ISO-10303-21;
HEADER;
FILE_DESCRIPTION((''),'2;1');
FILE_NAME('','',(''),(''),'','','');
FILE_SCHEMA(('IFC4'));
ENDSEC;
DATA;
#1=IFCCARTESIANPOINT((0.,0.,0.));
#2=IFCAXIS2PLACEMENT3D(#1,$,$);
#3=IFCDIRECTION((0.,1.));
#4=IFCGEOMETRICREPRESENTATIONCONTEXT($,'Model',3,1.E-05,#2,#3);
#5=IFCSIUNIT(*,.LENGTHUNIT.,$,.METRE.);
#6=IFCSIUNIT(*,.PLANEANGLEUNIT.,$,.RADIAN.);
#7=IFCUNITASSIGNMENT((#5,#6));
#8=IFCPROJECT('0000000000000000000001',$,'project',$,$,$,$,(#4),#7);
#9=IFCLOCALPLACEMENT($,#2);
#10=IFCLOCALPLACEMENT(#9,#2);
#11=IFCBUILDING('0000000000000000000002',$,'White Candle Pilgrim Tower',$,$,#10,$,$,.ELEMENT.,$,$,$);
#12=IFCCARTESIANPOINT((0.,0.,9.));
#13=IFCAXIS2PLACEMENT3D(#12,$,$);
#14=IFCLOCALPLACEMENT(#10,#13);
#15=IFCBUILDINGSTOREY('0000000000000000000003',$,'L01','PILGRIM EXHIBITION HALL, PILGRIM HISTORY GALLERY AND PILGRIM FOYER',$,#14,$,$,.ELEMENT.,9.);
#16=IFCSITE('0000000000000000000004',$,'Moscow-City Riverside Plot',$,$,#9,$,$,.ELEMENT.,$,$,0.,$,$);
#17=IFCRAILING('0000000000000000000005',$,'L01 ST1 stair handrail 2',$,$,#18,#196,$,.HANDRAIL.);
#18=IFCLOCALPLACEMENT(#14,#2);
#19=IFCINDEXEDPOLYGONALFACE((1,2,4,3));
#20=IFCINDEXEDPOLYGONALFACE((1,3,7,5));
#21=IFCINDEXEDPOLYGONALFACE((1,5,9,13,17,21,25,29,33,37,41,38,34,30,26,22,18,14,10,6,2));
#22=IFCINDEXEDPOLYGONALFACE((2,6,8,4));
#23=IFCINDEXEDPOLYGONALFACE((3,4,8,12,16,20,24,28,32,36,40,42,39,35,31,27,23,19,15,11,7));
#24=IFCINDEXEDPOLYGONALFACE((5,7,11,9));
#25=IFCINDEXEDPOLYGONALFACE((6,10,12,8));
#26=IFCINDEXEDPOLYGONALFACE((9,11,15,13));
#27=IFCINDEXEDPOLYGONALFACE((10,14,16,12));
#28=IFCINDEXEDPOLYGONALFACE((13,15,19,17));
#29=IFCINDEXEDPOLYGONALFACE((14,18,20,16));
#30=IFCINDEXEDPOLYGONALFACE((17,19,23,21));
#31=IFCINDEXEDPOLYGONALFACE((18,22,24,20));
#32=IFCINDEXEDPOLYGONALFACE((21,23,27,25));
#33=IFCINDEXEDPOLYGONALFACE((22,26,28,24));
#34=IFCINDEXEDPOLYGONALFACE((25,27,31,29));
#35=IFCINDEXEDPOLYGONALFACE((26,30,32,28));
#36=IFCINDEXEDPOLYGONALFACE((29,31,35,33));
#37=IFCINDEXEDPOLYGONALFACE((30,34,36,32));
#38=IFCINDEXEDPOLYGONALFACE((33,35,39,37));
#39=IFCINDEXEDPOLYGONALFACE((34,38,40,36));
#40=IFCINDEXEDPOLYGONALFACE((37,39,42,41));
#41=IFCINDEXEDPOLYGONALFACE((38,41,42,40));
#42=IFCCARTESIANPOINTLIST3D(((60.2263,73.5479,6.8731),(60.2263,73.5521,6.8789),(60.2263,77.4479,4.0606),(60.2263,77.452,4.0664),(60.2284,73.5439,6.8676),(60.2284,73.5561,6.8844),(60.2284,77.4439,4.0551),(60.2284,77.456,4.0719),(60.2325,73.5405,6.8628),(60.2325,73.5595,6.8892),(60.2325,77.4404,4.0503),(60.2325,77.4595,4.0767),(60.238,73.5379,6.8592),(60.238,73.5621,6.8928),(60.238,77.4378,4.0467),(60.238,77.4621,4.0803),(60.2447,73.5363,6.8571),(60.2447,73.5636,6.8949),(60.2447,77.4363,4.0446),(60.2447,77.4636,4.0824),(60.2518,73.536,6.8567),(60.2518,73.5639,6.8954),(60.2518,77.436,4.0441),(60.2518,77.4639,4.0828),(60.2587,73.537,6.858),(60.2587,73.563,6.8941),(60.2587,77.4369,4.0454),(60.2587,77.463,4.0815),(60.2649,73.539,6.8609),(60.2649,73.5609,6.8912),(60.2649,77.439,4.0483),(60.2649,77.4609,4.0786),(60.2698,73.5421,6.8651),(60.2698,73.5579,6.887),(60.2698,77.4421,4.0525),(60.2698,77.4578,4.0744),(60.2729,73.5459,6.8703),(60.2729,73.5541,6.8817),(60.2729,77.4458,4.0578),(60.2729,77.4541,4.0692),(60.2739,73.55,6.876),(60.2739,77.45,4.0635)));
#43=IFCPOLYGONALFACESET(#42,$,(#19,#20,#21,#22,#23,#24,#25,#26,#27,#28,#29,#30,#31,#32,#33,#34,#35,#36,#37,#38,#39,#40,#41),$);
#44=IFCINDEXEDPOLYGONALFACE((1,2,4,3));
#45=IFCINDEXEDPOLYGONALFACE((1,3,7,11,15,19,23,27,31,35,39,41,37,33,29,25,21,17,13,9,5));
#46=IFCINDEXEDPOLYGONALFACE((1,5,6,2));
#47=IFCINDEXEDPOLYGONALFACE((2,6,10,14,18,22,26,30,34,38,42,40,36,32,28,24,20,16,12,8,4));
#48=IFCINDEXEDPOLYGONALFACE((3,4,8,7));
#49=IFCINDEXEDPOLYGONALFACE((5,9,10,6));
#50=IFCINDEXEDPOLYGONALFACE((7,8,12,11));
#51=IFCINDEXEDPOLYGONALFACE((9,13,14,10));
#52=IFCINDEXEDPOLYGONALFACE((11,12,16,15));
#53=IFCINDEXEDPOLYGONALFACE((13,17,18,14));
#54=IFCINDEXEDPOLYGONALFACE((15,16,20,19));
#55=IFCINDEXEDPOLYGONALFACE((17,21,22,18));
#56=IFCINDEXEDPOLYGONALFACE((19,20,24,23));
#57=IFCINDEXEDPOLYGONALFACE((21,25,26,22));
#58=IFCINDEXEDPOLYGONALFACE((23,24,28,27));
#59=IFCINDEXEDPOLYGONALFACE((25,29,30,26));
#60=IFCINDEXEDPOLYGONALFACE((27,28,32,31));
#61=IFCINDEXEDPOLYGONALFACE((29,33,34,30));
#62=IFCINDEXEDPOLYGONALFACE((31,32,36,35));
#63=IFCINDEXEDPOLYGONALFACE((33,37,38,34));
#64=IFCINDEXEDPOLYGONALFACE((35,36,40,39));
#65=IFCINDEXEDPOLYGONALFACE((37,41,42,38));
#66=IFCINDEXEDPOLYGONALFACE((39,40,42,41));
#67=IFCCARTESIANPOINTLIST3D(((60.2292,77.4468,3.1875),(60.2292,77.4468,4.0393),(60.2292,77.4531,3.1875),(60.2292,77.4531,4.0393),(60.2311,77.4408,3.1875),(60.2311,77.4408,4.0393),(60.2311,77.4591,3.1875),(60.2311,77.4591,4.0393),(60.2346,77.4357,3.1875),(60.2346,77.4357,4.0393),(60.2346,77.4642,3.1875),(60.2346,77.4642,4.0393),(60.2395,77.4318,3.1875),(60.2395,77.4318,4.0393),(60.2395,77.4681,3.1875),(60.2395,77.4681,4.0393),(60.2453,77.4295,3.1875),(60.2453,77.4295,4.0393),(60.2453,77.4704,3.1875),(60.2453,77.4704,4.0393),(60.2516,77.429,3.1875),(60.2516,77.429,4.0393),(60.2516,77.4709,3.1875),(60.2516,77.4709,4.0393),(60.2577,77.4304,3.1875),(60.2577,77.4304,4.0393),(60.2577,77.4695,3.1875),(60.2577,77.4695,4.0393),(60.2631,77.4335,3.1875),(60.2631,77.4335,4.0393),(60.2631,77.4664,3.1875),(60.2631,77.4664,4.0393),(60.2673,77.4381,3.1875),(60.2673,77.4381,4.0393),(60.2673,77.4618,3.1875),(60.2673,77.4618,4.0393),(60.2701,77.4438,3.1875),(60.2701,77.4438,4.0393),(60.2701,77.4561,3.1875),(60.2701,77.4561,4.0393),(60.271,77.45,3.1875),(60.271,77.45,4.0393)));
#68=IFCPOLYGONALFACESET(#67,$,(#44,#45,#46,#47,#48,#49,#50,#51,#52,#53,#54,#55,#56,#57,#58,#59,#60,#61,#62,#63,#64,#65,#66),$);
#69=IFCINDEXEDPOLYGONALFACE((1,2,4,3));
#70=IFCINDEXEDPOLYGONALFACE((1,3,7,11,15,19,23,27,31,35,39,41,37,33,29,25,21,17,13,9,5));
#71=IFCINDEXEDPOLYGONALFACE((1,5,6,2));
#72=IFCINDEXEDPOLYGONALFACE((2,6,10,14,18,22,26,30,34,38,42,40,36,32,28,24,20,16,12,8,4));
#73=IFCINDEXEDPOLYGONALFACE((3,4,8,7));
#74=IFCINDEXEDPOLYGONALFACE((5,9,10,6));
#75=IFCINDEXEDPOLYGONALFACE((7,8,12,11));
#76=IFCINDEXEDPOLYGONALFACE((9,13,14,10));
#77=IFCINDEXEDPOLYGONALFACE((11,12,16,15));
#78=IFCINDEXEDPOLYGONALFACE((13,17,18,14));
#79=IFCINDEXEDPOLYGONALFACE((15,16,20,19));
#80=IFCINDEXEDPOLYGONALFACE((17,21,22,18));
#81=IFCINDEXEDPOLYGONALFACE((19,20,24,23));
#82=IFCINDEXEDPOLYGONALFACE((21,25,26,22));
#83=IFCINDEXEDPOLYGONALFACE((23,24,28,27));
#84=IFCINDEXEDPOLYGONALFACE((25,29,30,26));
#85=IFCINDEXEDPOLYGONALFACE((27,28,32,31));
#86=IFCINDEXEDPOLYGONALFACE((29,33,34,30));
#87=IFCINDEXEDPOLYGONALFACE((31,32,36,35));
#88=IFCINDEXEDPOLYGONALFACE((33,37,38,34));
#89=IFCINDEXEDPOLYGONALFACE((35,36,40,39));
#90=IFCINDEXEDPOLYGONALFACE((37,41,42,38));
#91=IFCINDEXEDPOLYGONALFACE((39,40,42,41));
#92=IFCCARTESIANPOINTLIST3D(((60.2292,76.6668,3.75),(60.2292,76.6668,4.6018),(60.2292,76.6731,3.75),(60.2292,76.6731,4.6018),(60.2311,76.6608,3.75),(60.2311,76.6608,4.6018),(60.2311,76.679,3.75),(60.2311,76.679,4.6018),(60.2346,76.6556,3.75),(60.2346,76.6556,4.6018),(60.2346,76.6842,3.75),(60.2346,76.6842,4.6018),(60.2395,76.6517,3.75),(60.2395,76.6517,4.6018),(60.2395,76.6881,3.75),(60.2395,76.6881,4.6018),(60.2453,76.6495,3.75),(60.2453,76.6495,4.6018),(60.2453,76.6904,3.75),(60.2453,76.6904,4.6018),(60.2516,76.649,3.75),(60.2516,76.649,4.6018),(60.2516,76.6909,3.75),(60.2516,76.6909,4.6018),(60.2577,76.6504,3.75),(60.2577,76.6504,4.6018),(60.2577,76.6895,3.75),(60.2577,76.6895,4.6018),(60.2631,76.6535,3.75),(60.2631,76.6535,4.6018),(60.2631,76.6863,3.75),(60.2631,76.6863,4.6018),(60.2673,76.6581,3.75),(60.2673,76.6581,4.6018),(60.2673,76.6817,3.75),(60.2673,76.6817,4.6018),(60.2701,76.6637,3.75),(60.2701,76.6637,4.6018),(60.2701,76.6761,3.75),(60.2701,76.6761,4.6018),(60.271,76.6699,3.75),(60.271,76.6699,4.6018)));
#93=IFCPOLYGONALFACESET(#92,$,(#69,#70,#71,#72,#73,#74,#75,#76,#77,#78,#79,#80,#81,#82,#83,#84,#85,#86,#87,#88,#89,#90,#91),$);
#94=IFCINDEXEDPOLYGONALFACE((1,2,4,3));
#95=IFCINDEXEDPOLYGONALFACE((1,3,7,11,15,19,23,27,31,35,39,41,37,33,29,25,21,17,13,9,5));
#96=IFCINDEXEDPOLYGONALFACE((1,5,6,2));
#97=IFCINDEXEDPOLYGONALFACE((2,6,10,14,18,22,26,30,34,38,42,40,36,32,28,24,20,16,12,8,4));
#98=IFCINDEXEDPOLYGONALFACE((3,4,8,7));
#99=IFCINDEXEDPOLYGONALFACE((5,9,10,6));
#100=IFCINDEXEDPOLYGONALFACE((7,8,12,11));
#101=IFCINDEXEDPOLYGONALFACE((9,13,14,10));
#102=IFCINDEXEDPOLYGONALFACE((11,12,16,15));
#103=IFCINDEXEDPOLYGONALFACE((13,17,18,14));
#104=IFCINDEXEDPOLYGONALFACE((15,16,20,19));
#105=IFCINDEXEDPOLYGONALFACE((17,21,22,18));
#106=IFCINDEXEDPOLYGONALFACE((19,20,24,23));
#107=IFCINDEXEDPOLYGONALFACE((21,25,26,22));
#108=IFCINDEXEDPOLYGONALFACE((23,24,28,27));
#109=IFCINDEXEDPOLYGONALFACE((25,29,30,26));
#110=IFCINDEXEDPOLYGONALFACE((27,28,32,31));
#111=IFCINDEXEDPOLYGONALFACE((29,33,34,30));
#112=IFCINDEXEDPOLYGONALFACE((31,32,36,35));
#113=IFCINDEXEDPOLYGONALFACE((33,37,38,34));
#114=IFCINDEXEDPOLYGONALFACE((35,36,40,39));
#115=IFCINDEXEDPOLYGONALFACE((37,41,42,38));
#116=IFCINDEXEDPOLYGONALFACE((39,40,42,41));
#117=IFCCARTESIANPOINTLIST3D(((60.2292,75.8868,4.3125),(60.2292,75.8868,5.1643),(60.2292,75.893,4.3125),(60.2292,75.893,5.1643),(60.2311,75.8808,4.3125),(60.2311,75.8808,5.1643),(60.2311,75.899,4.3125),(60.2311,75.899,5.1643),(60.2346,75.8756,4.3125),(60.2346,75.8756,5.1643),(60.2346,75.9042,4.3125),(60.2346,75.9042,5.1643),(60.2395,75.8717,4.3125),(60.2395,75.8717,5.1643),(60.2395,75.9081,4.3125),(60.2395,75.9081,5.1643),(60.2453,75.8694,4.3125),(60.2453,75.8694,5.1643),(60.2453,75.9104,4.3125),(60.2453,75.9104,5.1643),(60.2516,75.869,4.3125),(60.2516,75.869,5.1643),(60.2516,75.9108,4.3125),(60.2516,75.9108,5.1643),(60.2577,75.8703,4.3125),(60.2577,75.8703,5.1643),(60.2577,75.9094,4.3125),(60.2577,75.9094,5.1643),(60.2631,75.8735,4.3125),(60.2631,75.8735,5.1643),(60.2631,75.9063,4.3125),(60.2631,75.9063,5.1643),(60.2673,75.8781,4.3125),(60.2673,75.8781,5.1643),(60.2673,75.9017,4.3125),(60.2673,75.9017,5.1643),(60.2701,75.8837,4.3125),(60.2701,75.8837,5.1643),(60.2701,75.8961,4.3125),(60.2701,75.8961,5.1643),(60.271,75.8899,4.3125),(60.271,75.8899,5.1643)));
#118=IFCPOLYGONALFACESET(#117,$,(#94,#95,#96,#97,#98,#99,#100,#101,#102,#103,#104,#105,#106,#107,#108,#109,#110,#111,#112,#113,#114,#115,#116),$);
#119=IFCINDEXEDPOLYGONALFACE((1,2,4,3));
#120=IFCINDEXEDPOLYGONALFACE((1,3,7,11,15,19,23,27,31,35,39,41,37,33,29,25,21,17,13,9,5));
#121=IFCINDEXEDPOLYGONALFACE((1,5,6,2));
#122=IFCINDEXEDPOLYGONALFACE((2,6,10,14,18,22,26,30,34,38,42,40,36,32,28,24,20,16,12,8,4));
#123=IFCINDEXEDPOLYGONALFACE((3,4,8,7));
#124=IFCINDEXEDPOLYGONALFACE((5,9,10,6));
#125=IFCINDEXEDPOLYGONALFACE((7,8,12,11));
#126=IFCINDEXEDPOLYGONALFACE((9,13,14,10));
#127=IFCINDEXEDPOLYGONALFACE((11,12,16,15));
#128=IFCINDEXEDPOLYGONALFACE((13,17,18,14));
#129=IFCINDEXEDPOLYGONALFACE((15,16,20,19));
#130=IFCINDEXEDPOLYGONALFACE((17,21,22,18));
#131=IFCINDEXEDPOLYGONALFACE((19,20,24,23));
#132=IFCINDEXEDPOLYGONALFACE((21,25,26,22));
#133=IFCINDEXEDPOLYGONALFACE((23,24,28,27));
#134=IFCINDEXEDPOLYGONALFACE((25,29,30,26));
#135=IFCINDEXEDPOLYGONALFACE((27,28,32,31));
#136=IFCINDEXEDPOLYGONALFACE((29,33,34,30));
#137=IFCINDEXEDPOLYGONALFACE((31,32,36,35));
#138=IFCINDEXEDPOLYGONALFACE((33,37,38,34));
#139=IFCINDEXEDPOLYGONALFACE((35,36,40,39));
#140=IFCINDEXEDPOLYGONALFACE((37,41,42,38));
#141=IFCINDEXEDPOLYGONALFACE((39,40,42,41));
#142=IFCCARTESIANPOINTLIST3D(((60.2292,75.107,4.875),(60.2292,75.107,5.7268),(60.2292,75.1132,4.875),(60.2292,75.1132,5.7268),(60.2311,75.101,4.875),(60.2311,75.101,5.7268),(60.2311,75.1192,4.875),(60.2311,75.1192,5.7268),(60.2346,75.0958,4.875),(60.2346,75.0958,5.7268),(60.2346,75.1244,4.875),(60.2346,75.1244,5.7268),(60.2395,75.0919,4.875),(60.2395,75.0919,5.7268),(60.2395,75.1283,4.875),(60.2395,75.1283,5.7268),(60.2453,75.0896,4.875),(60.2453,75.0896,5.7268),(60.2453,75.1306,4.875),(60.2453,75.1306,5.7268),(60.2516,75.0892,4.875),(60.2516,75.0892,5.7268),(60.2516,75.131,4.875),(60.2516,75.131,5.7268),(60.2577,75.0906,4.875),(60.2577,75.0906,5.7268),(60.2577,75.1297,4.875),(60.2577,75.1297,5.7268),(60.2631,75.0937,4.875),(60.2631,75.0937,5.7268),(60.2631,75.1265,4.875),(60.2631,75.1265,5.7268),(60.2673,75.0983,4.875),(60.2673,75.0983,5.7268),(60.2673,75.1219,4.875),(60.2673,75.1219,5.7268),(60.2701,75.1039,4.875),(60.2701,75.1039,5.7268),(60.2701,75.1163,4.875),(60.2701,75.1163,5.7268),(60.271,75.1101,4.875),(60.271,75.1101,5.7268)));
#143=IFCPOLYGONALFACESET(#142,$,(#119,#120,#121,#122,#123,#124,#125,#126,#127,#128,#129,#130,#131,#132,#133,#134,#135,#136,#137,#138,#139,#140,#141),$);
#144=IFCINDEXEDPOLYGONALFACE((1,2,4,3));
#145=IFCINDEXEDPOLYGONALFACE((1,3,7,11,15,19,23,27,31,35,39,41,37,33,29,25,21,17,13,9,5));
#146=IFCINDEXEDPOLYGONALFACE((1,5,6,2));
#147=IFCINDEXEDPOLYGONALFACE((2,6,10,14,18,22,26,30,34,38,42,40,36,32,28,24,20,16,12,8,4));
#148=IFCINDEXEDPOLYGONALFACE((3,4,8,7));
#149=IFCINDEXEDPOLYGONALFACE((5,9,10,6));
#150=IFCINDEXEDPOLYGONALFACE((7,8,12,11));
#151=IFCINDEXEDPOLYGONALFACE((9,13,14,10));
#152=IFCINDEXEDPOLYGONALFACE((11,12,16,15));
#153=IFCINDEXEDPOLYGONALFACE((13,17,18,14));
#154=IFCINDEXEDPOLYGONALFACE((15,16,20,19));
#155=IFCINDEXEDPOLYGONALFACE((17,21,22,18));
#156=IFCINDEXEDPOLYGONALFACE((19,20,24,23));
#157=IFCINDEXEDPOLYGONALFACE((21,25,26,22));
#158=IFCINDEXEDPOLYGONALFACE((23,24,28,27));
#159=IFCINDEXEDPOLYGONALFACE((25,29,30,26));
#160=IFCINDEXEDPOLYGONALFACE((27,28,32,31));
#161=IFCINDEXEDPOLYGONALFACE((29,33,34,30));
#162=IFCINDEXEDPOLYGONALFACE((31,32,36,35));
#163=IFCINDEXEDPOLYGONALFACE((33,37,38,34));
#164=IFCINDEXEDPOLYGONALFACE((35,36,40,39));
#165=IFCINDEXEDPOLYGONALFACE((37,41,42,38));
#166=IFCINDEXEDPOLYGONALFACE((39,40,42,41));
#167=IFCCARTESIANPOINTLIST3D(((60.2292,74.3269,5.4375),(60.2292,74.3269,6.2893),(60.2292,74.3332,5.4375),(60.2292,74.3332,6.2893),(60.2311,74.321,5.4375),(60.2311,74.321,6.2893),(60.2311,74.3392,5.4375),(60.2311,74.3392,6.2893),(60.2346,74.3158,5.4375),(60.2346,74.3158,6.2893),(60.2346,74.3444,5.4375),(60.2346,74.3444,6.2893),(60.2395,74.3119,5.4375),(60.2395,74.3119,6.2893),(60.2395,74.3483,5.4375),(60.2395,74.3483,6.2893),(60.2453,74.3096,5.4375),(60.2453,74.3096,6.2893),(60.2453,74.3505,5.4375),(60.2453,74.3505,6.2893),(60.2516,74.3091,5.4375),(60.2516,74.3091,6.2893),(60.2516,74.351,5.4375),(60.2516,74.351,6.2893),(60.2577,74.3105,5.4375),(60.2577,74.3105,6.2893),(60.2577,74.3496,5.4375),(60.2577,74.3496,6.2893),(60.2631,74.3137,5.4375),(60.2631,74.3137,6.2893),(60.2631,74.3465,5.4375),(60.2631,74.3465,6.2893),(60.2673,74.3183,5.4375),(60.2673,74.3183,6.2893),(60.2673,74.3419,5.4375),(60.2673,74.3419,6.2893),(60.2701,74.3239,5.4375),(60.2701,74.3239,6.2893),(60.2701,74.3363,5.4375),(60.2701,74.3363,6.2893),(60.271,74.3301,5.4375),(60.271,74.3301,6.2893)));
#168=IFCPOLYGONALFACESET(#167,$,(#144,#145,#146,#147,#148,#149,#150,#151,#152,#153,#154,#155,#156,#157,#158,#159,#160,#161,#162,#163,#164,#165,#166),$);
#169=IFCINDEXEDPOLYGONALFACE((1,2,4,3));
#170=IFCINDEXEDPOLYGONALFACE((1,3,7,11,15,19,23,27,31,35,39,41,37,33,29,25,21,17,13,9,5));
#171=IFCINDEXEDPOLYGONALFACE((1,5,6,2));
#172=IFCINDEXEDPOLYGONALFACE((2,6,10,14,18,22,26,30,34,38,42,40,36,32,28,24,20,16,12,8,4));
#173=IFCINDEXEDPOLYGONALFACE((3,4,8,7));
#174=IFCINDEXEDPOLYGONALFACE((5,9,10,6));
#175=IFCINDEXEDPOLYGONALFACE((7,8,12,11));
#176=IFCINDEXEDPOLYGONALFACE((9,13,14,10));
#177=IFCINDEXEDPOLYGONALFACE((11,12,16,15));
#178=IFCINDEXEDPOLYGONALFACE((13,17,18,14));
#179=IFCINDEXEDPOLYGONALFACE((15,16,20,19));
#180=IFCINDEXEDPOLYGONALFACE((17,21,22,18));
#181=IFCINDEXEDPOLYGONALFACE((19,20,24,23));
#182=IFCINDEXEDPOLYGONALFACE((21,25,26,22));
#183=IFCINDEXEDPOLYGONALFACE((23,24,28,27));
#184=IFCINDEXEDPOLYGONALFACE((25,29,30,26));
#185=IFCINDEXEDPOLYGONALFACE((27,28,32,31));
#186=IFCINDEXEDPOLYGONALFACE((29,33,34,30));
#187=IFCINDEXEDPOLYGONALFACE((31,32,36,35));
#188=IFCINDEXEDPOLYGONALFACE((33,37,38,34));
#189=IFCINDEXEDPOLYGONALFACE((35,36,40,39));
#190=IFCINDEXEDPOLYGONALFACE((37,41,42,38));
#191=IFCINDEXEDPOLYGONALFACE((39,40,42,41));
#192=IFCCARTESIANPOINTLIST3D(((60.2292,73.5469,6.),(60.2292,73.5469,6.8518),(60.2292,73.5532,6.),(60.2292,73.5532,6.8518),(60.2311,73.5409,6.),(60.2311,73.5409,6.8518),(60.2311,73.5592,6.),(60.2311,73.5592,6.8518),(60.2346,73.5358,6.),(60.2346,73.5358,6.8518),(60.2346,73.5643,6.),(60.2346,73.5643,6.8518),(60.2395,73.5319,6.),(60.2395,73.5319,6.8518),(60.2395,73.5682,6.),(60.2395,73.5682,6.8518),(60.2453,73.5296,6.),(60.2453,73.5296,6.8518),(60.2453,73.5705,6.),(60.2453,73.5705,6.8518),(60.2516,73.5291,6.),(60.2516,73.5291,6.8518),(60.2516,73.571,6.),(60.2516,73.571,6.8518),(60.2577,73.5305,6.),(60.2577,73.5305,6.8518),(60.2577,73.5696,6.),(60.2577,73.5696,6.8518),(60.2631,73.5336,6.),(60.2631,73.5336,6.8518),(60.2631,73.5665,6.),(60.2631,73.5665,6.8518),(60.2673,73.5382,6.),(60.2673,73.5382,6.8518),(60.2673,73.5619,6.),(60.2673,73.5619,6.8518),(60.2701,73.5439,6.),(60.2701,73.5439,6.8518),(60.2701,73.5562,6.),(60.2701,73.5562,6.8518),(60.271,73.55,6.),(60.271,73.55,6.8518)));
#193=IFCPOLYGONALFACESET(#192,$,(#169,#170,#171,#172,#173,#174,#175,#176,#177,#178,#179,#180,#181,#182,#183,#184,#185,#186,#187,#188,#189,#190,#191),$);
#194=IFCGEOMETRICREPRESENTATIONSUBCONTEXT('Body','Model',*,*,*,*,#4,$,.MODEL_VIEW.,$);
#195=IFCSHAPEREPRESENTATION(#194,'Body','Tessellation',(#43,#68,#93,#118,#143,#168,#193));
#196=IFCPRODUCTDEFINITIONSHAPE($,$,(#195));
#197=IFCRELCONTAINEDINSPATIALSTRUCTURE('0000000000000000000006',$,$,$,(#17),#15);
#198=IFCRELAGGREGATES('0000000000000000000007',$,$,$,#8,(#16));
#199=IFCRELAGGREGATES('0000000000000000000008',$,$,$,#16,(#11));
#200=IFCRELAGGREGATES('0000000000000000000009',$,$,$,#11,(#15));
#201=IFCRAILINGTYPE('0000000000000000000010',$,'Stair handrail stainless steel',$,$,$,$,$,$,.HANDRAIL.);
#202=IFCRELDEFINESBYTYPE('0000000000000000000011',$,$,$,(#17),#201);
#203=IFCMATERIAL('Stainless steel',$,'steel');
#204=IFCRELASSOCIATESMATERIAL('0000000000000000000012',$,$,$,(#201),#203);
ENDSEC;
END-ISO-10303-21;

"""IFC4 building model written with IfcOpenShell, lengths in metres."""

from ifc_helpers import new_model, si_unit, direction, frame, origin, origin_2d, place, context, subcontext, project, spatial, circle, extrude, material, type_object, element, save


model = new_model("IFC4")

# Units and contexts
model_context = context("Model", 3, precision=1e-05, world=origin(), true_north=direction((0.0, 1.0)))
body_context = subcontext(model_context, "Body", "Model", "MODEL_VIEW")
ifc_project = project(units=[si_unit("LENGTHUNIT", "METRE"), si_unit("PLANEANGLEUNIT", "RADIAN")], contexts=[model_context])

# Site, building, storey
site_placement = place(None, origin())
site = spatial("IfcSite", under=ifc_project, at=site_placement, Name="Moscow-City Riverside Plot", CompositionType="ELEMENT", RefElevation=0.0)
building_placement = place(site_placement, origin())
building = spatial("IfcBuilding", under=site, at=building_placement, Name="White Candle Pilgrim Tower", CompositionType="ELEMENT")
storey_placement = place(building_placement, frame((0.0, 0.0, 9.0)))
storey = spatial("IfcBuildingStorey", under=building, at=storey_placement, Name="L01", Description="PILGRIM EXHIBITION HALL, PILGRIM HISTORY GALLERY AND PILGRIM FOYER", CompositionType="ELEMENT", Elevation=9.0)

# Railing
ifc_material_1 = material(Name="Stainless steel", Category="steel")
railing_type_1 = type_object("IfcRailingType", Name="Stair handrail stainless steel", PredefinedType="HANDRAIL", material=ifc_material_1)
railing_1_placement = place(storey_placement, frame((60.25, 77.45, 3.1875)))
element("IfcRailing", 1, at=railing_1_placement, inside=storey, type_object=railing_type_1, Name="L01 ST1 stair handrail 2", PredefinedType="HANDRAIL", context=body_context, shape_type="SweptSolid", body=[
    extrude(circle(Radius=0.0239, at=origin_2d()), frame((0.0, 0.0, 0.876), z_axis=(0.0, -0.811083, 0.584931), x_axis=(1.0, 0.0, 0.0)), (0.0, 0.0, 1.0), 4.8083),
    extrude(circle(Radius=0.021, at=origin_2d()), origin(), (0.0, 0.0, 1.0), 0.8518),
    extrude(circle(Radius=0.021, at=origin_2d()), frame((0.0, -0.78, 0.5625)), (0.0, 0.0, 1.0), 0.8518),
    extrude(circle(Radius=0.021, at=origin_2d()), frame((0.0, -1.5601, 1.125)), (0.0, 0.0, 1.0), 0.8518),
    extrude(circle(Radius=0.021, at=origin_2d()), frame((0.0, -2.3398, 1.6875)), (0.0, 0.0, 1.0), 0.8518),
    extrude(circle(Radius=0.021, at=origin_2d()), frame((0.0, -3.1199, 2.25)), (0.0, 0.0, 1.0), 0.8518),
    extrude(circle(Radius=0.021, at=origin_2d()), frame((0.0, -3.8999, 2.8125)), (0.0, 0.0, 1.0), 0.8518),
])

save(model, "model.ifc")
